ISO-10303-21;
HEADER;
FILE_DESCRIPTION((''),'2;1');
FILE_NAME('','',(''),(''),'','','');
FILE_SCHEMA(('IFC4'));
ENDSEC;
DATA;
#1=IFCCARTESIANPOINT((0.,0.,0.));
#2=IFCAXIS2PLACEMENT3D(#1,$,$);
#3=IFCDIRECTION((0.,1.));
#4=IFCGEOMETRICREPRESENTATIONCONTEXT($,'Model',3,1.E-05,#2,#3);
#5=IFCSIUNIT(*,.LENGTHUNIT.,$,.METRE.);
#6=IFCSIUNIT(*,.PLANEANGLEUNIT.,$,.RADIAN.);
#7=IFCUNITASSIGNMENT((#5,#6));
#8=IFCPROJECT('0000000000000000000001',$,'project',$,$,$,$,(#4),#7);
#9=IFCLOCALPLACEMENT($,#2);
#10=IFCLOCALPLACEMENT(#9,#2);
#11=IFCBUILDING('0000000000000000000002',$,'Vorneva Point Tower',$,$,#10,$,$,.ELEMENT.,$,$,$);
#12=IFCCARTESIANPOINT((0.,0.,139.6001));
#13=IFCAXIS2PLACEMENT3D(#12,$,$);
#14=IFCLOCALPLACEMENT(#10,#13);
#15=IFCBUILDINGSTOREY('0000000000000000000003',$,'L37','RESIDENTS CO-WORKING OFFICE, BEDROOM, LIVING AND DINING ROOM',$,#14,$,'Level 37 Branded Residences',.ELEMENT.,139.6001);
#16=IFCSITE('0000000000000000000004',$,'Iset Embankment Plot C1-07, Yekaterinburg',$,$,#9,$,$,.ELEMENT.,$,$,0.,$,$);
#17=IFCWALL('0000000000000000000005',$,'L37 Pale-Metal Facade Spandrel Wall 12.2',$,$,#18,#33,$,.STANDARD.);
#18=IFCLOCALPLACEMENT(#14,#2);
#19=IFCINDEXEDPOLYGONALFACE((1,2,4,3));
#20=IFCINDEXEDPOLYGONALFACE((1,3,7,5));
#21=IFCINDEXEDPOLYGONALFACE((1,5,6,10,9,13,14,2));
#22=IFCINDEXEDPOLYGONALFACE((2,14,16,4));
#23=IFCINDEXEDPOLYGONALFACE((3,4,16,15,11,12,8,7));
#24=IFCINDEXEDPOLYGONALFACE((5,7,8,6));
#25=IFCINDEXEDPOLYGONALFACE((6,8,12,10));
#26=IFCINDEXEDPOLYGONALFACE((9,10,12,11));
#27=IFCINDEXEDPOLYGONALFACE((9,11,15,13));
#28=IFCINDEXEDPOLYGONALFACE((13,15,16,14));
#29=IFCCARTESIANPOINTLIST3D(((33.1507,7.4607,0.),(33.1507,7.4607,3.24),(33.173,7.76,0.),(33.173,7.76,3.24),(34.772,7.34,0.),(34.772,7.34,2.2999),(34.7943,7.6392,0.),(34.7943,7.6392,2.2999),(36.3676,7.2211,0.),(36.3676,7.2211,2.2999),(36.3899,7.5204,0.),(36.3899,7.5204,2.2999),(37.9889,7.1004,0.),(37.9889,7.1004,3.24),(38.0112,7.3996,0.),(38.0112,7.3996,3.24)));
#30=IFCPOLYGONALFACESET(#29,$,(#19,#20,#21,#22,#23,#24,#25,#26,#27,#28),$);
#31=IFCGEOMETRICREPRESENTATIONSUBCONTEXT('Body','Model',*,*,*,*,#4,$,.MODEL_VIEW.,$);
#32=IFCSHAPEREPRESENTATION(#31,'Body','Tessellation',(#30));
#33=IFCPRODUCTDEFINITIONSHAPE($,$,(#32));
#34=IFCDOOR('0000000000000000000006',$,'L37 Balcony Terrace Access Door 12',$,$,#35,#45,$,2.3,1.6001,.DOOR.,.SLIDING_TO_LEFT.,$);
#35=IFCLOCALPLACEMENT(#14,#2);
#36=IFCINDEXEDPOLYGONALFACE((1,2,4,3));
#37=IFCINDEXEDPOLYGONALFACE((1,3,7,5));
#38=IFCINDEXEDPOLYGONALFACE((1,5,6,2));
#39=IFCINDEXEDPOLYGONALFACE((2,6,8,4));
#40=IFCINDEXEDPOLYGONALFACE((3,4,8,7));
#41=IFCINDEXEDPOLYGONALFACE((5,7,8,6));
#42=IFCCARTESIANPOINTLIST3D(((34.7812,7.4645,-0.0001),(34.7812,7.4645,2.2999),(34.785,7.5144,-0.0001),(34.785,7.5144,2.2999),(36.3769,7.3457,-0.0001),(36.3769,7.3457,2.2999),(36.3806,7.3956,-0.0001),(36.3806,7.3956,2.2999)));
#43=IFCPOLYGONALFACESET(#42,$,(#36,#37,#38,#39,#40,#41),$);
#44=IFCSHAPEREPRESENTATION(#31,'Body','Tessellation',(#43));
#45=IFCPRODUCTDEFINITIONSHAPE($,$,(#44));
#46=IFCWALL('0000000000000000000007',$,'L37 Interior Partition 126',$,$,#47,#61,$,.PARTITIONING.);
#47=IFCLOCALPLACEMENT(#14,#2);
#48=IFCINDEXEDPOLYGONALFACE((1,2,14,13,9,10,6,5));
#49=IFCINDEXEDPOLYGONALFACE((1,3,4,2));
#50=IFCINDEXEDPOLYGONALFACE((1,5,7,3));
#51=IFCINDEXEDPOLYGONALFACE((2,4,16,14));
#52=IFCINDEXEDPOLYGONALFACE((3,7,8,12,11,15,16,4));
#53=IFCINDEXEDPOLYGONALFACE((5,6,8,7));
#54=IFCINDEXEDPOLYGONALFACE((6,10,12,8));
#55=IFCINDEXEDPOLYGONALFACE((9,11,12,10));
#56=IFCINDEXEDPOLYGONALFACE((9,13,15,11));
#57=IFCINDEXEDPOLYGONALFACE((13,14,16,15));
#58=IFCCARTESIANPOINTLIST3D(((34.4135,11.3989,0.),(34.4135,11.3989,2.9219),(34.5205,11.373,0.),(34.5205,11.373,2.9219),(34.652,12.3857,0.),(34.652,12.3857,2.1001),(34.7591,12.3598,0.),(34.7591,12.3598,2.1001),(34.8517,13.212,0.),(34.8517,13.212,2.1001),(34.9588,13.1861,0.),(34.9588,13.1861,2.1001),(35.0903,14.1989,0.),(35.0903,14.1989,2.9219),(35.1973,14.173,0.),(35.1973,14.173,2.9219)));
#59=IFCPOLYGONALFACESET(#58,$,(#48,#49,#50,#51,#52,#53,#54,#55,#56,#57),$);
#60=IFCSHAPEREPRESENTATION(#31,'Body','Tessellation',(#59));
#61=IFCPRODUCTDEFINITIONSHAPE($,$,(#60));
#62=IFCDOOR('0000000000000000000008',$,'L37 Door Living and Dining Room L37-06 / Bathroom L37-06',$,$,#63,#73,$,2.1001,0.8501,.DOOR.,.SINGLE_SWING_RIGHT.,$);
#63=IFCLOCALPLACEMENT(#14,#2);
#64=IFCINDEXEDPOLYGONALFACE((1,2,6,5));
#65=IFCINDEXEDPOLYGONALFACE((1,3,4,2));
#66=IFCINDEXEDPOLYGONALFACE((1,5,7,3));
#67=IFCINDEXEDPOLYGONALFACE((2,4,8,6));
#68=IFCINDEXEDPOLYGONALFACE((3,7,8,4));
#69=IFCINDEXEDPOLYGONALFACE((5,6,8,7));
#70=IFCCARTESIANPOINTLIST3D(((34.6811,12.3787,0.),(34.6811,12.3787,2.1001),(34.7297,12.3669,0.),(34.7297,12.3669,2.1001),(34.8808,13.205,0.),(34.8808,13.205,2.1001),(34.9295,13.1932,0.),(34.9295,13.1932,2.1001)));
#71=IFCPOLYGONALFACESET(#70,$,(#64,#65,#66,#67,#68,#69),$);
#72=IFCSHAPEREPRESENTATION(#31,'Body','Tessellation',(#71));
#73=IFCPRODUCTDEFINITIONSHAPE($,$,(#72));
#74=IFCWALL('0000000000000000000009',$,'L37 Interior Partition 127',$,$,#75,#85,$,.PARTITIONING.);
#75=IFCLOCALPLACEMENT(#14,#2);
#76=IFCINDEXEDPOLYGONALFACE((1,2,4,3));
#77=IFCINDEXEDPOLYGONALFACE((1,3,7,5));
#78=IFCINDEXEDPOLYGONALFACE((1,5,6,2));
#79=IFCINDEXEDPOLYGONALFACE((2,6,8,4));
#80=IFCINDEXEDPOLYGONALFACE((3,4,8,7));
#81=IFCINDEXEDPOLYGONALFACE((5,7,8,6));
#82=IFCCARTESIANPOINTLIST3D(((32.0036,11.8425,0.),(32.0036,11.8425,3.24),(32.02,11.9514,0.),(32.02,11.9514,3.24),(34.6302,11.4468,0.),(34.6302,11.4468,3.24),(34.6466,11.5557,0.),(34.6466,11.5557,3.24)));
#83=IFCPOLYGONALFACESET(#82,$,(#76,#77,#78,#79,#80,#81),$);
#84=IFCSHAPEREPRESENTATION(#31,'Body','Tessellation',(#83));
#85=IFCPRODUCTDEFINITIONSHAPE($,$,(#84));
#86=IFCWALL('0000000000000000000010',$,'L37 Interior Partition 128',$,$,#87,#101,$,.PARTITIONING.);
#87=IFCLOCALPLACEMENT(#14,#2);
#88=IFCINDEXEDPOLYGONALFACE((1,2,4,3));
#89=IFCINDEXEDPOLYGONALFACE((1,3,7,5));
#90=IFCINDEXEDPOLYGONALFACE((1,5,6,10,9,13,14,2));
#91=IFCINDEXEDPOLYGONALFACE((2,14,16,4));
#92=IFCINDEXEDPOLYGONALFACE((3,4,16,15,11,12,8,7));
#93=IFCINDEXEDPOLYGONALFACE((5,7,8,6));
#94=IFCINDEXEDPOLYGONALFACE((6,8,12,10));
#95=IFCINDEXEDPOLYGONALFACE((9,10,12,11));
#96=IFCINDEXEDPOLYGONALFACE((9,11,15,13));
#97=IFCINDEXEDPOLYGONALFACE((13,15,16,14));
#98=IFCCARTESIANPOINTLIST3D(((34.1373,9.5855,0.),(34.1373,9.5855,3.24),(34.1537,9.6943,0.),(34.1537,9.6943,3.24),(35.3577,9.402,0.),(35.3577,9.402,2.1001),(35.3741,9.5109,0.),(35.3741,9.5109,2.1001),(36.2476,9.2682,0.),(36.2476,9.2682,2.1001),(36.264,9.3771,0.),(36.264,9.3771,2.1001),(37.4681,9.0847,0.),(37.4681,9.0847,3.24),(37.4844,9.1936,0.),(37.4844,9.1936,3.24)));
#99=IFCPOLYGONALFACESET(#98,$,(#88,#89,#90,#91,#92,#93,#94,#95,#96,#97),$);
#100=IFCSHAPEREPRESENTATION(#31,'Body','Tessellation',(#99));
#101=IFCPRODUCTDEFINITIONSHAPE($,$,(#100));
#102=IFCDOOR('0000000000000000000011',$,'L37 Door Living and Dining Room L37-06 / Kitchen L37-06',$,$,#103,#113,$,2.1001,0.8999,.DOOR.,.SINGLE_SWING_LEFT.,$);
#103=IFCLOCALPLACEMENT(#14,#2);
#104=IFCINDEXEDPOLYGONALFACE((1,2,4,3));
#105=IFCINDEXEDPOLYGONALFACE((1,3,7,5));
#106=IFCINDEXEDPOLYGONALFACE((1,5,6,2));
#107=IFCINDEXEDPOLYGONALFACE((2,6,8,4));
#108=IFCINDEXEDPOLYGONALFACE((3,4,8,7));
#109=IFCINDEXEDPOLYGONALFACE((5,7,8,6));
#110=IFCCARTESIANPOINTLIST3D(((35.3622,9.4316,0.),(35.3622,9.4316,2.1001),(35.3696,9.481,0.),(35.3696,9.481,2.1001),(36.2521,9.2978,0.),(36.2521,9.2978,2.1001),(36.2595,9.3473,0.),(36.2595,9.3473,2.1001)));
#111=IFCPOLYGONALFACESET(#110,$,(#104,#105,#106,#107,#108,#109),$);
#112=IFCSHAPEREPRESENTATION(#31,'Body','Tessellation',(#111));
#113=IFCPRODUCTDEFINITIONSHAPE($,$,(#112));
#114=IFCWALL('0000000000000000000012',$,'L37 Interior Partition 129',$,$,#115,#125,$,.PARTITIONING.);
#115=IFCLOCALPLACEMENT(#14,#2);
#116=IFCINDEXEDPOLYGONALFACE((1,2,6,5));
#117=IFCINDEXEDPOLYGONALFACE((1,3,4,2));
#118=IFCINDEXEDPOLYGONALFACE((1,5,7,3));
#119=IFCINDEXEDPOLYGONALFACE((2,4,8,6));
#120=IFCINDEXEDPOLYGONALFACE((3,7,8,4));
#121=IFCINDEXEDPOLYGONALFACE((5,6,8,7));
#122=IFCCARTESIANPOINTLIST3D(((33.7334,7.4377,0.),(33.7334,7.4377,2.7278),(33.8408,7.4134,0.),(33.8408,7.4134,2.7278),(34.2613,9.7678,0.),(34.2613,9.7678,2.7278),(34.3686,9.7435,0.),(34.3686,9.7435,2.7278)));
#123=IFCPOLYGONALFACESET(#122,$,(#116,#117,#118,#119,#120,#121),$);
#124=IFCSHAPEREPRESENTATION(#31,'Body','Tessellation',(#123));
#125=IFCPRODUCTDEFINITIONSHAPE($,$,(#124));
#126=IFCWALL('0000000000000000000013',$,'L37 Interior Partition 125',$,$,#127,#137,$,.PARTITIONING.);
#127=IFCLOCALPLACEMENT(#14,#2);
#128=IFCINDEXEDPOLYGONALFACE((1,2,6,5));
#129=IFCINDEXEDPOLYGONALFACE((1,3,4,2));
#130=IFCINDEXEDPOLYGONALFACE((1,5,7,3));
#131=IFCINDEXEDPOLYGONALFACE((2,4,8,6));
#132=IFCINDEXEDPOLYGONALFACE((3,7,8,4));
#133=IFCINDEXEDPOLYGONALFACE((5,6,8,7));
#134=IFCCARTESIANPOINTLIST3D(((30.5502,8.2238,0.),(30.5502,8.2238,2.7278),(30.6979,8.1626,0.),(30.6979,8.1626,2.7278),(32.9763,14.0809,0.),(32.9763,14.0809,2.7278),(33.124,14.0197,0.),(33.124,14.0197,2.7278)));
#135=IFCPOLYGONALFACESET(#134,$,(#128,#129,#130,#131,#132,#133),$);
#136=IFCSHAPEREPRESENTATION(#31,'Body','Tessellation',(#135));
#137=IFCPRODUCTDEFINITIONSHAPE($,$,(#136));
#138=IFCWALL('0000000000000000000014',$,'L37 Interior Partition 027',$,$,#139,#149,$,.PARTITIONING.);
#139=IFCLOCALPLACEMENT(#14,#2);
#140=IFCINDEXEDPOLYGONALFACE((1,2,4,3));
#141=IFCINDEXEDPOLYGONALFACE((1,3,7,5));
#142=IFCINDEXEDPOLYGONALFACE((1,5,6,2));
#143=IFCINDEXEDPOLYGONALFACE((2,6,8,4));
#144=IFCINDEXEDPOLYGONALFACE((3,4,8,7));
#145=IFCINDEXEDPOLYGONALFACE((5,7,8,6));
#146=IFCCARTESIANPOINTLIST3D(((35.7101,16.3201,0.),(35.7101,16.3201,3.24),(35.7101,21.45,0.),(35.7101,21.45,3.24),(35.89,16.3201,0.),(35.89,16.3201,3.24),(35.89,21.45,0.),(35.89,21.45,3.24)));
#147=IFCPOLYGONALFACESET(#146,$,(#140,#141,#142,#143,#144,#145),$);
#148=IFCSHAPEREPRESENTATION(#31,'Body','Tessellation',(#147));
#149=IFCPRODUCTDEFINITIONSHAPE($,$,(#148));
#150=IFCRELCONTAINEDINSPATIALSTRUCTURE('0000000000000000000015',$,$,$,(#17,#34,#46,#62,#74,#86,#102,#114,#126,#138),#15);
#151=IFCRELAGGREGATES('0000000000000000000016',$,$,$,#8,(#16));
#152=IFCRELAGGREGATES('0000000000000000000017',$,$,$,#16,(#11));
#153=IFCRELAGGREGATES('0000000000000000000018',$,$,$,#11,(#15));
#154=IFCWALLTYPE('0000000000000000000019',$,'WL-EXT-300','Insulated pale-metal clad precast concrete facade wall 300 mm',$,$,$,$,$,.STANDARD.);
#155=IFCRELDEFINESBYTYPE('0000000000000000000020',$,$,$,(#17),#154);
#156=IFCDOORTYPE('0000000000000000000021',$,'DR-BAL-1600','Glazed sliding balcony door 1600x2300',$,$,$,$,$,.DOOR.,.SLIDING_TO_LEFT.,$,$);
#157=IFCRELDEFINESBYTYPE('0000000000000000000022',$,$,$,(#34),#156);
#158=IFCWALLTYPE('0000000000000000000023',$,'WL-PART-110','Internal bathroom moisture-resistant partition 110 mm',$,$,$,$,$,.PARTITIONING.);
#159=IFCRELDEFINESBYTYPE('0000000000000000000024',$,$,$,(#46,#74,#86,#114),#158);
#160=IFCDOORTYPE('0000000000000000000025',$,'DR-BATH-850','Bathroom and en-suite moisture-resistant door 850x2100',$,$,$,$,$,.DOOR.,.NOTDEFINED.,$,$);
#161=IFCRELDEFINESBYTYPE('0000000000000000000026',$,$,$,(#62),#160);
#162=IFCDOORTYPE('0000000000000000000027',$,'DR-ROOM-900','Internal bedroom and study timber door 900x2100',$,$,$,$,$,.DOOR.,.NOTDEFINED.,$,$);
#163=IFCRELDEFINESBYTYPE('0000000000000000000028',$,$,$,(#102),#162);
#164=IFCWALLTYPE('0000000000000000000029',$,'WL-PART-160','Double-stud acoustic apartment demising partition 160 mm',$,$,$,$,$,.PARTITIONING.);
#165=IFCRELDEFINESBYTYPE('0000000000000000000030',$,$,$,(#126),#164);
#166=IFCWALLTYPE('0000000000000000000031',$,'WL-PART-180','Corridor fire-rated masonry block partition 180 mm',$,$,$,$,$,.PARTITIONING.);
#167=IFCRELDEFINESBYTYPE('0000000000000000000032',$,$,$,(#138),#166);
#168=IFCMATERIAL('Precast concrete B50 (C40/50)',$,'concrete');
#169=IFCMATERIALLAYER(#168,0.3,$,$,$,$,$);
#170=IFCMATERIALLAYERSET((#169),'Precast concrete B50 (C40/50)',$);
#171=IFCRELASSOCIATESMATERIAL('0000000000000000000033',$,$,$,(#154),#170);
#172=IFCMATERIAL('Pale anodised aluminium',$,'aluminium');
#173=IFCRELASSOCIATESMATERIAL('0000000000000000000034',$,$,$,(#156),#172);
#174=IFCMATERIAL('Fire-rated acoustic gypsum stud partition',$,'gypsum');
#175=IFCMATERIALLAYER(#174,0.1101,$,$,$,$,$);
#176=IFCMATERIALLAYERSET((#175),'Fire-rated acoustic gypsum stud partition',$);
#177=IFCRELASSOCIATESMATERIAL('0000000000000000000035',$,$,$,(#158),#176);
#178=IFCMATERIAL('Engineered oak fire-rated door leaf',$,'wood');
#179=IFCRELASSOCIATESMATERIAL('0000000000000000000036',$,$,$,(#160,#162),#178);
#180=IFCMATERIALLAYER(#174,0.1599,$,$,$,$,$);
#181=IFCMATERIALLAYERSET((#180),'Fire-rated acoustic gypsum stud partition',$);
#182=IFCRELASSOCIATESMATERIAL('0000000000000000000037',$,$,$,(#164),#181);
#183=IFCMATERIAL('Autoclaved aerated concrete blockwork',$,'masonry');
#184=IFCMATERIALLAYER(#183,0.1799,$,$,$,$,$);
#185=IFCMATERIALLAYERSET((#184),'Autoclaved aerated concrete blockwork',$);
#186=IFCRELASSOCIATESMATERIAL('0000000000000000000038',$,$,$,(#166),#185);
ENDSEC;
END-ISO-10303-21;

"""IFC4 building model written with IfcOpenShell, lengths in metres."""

from ifc_helpers import new_model, si_unit, direction, frame, frame_2d, origin, place, context, subcontext, project, spatial, rectangle, extrude, material, layer, layer_set, type_object, element, fill, save


model = new_model("IFC4")

# Units and contexts
model_context = context("Model", 3, precision=1e-05, world=origin(), true_north=direction((0.0, 1.0)))
body_context = subcontext(model_context, "Body", "Model", "MODEL_VIEW")
ifc_project = project(units=[si_unit("LENGTHUNIT", "METRE"), si_unit("PLANEANGLEUNIT", "RADIAN")], contexts=[model_context])

# Site, building, storey
site_placement = place(None, origin())
site = spatial("IfcSite", under=ifc_project, at=site_placement, Name="Iset Embankment Plot C1-07, Yekaterinburg", CompositionType="ELEMENT", RefElevation=0.0)
building_placement = place(site_placement, origin())
building = spatial("IfcBuilding", under=site, at=building_placement, Name="Vorneva Point Tower", CompositionType="ELEMENT")
storey_placement = place(building_placement, frame((0.0, 0.0, 139.6001)))
storey = spatial("IfcBuildingStorey", under=building, at=storey_placement, Name="L37", Description="RESIDENTS CO-WORKING OFFICE, BEDROOM, LIVING AND DINING ROOM", LongName="Level 37 Branded Residences", CompositionType="ELEMENT", Elevation=139.6001)

# Walls, openings, doors
ifc_material_1 = material(Name="Precast concrete B50 (C40/50)", Category="concrete")
ifc_layer_1 = layer(ifc_material_1, 0.3)
ifc_layer_set_1 = layer_set([ifc_layer_1], Name="Precast concrete B50 (C40/50)")
wall_type_1 = type_object("IfcWallType", Name="WL-EXT-300", Description="Insulated pale-metal clad precast concrete facade wall 300 mm", PredefinedType="STANDARD", material=ifc_layer_set_1)
wall_1_placement = place(storey_placement, frame((33.1619, 7.6104, 0.0), z_axis=(0.0, 0.0, 1.0), x_axis=(0.997238, -0.074276, 0.0)))
wall_1 = element("IfcWall", 1, at=wall_1_placement, inside=storey, type_object=wall_type_1, Name="L37 Pale-Metal Facade Spandrel Wall 12.2", PredefinedType="STANDARD", context=body_context, shape_type="SweptSolid", body=[
    extrude(rectangle(XDim=4.8516, YDim=0.3, at=frame_2d((2.4258, 0.0))), origin(), (0.0, 0.0, 1.0), 3.24),
])
opening_1_placement = place(wall_1_placement, frame((1.6257, 0.0, 0.0)))
opening_1 = element("IfcOpeningElement", 2, at=opening_1_placement, cuts=wall_1, PredefinedType="OPENING", context=body_context, shape_type="SweptSolid", body=[
    extrude(rectangle(XDim=1.6001, YDim=2.3, at=frame_2d((0.8, 1.1499))), frame((0.0, 0.165, 0.0), z_axis=(0.0, -1.0, 0.0), x_axis=(1.0, 0.0, 0.0)), (0.0, 0.0, 1.0), 0.3298),
])
ifc_material_2 = material(Name="Pale anodised aluminium", Category="aluminium")
door_type_1 = type_object("IfcDoorType", Name="DR-BAL-1600", Description="Glazed sliding balcony door 1600x2300", OperationType="SLIDING_TO_LEFT", PredefinedType="DOOR", material=ifc_material_2)
door_1_placement = place(opening_1_placement, origin())
door_1 = element("IfcDoor", 3, at=door_1_placement, inside=storey, type_object=door_type_1, Name="L37 Balcony Terrace Access Door 12", OperationType="SLIDING_TO_LEFT", OverallHeight=2.3, OverallWidth=1.6001, PredefinedType="DOOR", context=body_context, shape_type="SweptSolid", body=[
    extrude(rectangle(XDim=1.6001, YDim=2.3, at=frame_2d((0.8, 1.1499))), frame((0.0, 0.0249, 0.0), z_axis=(0.0, -1.0, 0.0), x_axis=(1.0, 0.0, 0.0)), (0.0, 0.0, 1.0), 0.05),
])
fill(opening_1, door_1)
ifc_material_3 = material(Name="Fire-rated acoustic gypsum stud partition", Category="gypsum")
ifc_layer_2 = layer(ifc_material_3, 0.1101)
ifc_layer_set_2 = layer_set([ifc_layer_2], Name="Fire-rated acoustic gypsum stud partition")
wall_type_2 = type_object("IfcWallType", Name="WL-PART-110", Description="Internal bathroom moisture-resistant partition 110 mm", PredefinedType="PARTITIONING", material=ifc_layer_set_2)
wall_2_placement = place(storey_placement, frame((35.1438, 14.186, 0.0), z_axis=(0.0, 0.0, 1.0), x_axis=(-0.23493, -0.972012, 0.0)))
wall_2 = element("IfcWall", 4, at=wall_2_placement, inside=storey, type_object=wall_type_2, Name="L37 Interior Partition 126", PredefinedType="PARTITIONING", context=body_context, shape_type="SweptSolid", body=[
    extrude(rectangle(XDim=2.8806, YDim=0.1101, at=frame_2d((1.4404, 0.0))), origin(), (0.0, 0.0, 1.0), 2.9219),
])
opening_2_placement = place(wall_2_placement, frame((1.0154, 0.0, 0.0)))
opening_2 = element("IfcOpeningElement", 5, at=opening_2_placement, cuts=wall_2, PredefinedType="OPENING", context=body_context, shape_type="SweptSolid", body=[
    extrude(rectangle(XDim=0.8501, YDim=2.1001, at=frame_2d((0.425, 1.05))), frame((0.0, 0.0698, 0.0), z_axis=(0.0, -1.0, 0.0), x_axis=(1.0, 0.0, 0.0)), (0.0, 0.0, 1.0), 0.1399),
])
ifc_material_4 = material(Name="Engineered oak fire-rated door leaf", Category="wood")
door_type_2 = type_object("IfcDoorType", Name="DR-BATH-850", Description="Bathroom and en-suite moisture-resistant door 850x2100", OperationType="NOTDEFINED", PredefinedType="DOOR", material=ifc_material_4)
door_2_placement = place(opening_2_placement, origin())
door_2 = element("IfcDoor", 6, at=door_2_placement, inside=storey, type_object=door_type_2, Name="L37 Door Living and Dining Room L37-06 / Bathroom L37-06", OperationType="SINGLE_SWING_RIGHT", OverallHeight=2.1001, OverallWidth=0.8501, PredefinedType="DOOR", context=body_context, shape_type="SweptSolid", body=[
    extrude(rectangle(XDim=0.8501, YDim=2.1001, at=frame_2d((0.425, 1.05))), frame((0.0, 0.0249, 0.0), z_axis=(0.0, -1.0, 0.0), x_axis=(1.0, 0.0, 0.0)), (0.0, 0.0, 1.0), 0.05),
])
fill(opening_2, door_2)

# Wall
wall_3_placement = place(storey_placement, frame((34.6384, 11.5012, 0.0), z_axis=(0.0, 0.0, 1.0), x_axis=(-0.98884, 0.148983, 0.0)))
element("IfcWall", 7, at=wall_3_placement, inside=storey, type_object=wall_type_2, Name="L37 Interior Partition 127", PredefinedType="PARTITIONING", context=body_context, shape_type="SweptSolid", body=[
    extrude(rectangle(XDim=2.6562, YDim=0.1101, at=frame_2d((1.3281, 0.0))), origin(), (0.0, 0.0, 1.0), 3.24),
])

# Wall, opening, door
wall_4_placement = place(storey_placement, frame((34.1455, 9.6399, 0.0), z_axis=(0.0, 0.0, 1.0), x_axis=(0.988888, -0.148663, 0.0)))
wall_4 = element("IfcWall", 8, at=wall_4_placement, inside=storey, type_object=wall_type_2, Name="L37 Interior Partition 128", PredefinedType="PARTITIONING", context=body_context, shape_type="SweptSolid", body=[
    extrude(rectangle(XDim=3.3682, YDim=0.1101, at=frame_2d((1.6841, 0.0))), origin(), (0.0, 0.0, 1.0), 3.24),
])
opening_3_placement = place(wall_4_placement, frame((1.2341, 0.0, 0.0)))
opening_3 = element("IfcOpeningElement", 9, at=opening_3_placement, cuts=wall_4, PredefinedType="OPENING", context=body_context, shape_type="SweptSolid", body=[
    extrude(rectangle(XDim=0.8999, YDim=2.1001, at=frame_2d((0.45, 1.05))), frame((0.0, 0.0698, 0.0), z_axis=(0.0, -1.0, 0.0), x_axis=(1.0, 0.0, 0.0)), (0.0, 0.0, 1.0), 0.1399),
])
door_type_3 = type_object("IfcDoorType", Name="DR-ROOM-900", Description="Internal bedroom and study timber door 900x2100", OperationType="NOTDEFINED", PredefinedType="DOOR", material=ifc_material_4)
door_3_placement = place(opening_3_placement, origin())
door_3 = element("IfcDoor", 10, at=door_3_placement, inside=storey, type_object=door_type_3, Name="L37 Door Living and Dining Room L37-06 / Kitchen L37-06", OperationType="SINGLE_SWING_LEFT", OverallHeight=2.1001, OverallWidth=0.8999, PredefinedType="DOOR", context=body_context, shape_type="SweptSolid", body=[
    extrude(rectangle(XDim=0.8999, YDim=2.1001, at=frame_2d((0.45, 1.05))), frame((0.0, 0.0249, 0.0), z_axis=(0.0, -1.0, 0.0), x_axis=(1.0, 0.0, 0.0)), (0.0, 0.0, 1.0), 0.05),
])
fill(opening_3, door_3)

# Walls
wall_5_placement = place(storey_placement, frame((33.7871, 7.4255, 0.0), z_axis=(0.0, 0.0, 1.0), x_axis=(0.220932, 0.975289, 0.0)))
element("IfcWall", 11, at=wall_5_placement, inside=storey, type_object=wall_type_2, Name="L37 Interior Partition 129", PredefinedType="PARTITIONING", context=body_context, shape_type="SweptSolid", body=[
    extrude(rectangle(XDim=2.3892, YDim=0.1101, at=frame_2d((1.1946, 0.0))), origin(), (0.0, 0.0, 1.0), 2.7278),
])
ifc_layer_3 = layer(ifc_material_3, 0.1599)
ifc_layer_set_3 = layer_set([ifc_layer_3], Name="Fire-rated acoustic gypsum stud partition")
wall_type_3 = type_object("IfcWallType", Name="WL-PART-160", Description="Double-stud acoustic apartment demising partition 160 mm", PredefinedType="PARTITIONING", material=ifc_layer_set_3)
wall_6_placement = place(storey_placement, frame((30.624, 8.1931, 0.0), z_axis=(0.0, 0.0, 1.0), x_axis=(0.382684, 0.923879, 0.0)))
element("IfcWall", 12, at=wall_6_placement, inside=storey, type_object=wall_type_3, Name="L37 Interior Partition 125", PredefinedType="PARTITIONING", context=body_context, shape_type="SweptSolid", body=[
    extrude(rectangle(XDim=6.3396, YDim=0.1599, at=frame_2d((3.1699, 0.0))), origin(), (0.0, 0.0, 1.0), 2.7278),
])
ifc_material_5 = material(Name="Autoclaved aerated concrete blockwork", Category="masonry")
ifc_layer_4 = layer(ifc_material_5, 0.1799)
ifc_layer_set_4 = layer_set([ifc_layer_4], Name="Autoclaved aerated concrete blockwork")
wall_type_4 = type_object("IfcWallType", Name="WL-PART-180", Description="Corridor fire-rated masonry block partition 180 mm", PredefinedType="PARTITIONING", material=ifc_layer_set_4)
wall_7_placement = place(storey_placement, frame((35.8, 16.3201, 0.0), z_axis=(0.0, 0.0, 1.0), x_axis=(0.0, 1.0, 0.0)))
element("IfcWall", 13, at=wall_7_placement, inside=storey, type_object=wall_type_4, Name="L37 Interior Partition 027", PredefinedType="PARTITIONING", context=body_context, shape_type="SweptSolid", body=[
    extrude(rectangle(XDim=5.1299, YDim=0.1799, at=frame_2d((2.5649, 0.0))), origin(), (0.0, 0.0, 1.0), 3.24),
])

save(model, "model.ifc")
